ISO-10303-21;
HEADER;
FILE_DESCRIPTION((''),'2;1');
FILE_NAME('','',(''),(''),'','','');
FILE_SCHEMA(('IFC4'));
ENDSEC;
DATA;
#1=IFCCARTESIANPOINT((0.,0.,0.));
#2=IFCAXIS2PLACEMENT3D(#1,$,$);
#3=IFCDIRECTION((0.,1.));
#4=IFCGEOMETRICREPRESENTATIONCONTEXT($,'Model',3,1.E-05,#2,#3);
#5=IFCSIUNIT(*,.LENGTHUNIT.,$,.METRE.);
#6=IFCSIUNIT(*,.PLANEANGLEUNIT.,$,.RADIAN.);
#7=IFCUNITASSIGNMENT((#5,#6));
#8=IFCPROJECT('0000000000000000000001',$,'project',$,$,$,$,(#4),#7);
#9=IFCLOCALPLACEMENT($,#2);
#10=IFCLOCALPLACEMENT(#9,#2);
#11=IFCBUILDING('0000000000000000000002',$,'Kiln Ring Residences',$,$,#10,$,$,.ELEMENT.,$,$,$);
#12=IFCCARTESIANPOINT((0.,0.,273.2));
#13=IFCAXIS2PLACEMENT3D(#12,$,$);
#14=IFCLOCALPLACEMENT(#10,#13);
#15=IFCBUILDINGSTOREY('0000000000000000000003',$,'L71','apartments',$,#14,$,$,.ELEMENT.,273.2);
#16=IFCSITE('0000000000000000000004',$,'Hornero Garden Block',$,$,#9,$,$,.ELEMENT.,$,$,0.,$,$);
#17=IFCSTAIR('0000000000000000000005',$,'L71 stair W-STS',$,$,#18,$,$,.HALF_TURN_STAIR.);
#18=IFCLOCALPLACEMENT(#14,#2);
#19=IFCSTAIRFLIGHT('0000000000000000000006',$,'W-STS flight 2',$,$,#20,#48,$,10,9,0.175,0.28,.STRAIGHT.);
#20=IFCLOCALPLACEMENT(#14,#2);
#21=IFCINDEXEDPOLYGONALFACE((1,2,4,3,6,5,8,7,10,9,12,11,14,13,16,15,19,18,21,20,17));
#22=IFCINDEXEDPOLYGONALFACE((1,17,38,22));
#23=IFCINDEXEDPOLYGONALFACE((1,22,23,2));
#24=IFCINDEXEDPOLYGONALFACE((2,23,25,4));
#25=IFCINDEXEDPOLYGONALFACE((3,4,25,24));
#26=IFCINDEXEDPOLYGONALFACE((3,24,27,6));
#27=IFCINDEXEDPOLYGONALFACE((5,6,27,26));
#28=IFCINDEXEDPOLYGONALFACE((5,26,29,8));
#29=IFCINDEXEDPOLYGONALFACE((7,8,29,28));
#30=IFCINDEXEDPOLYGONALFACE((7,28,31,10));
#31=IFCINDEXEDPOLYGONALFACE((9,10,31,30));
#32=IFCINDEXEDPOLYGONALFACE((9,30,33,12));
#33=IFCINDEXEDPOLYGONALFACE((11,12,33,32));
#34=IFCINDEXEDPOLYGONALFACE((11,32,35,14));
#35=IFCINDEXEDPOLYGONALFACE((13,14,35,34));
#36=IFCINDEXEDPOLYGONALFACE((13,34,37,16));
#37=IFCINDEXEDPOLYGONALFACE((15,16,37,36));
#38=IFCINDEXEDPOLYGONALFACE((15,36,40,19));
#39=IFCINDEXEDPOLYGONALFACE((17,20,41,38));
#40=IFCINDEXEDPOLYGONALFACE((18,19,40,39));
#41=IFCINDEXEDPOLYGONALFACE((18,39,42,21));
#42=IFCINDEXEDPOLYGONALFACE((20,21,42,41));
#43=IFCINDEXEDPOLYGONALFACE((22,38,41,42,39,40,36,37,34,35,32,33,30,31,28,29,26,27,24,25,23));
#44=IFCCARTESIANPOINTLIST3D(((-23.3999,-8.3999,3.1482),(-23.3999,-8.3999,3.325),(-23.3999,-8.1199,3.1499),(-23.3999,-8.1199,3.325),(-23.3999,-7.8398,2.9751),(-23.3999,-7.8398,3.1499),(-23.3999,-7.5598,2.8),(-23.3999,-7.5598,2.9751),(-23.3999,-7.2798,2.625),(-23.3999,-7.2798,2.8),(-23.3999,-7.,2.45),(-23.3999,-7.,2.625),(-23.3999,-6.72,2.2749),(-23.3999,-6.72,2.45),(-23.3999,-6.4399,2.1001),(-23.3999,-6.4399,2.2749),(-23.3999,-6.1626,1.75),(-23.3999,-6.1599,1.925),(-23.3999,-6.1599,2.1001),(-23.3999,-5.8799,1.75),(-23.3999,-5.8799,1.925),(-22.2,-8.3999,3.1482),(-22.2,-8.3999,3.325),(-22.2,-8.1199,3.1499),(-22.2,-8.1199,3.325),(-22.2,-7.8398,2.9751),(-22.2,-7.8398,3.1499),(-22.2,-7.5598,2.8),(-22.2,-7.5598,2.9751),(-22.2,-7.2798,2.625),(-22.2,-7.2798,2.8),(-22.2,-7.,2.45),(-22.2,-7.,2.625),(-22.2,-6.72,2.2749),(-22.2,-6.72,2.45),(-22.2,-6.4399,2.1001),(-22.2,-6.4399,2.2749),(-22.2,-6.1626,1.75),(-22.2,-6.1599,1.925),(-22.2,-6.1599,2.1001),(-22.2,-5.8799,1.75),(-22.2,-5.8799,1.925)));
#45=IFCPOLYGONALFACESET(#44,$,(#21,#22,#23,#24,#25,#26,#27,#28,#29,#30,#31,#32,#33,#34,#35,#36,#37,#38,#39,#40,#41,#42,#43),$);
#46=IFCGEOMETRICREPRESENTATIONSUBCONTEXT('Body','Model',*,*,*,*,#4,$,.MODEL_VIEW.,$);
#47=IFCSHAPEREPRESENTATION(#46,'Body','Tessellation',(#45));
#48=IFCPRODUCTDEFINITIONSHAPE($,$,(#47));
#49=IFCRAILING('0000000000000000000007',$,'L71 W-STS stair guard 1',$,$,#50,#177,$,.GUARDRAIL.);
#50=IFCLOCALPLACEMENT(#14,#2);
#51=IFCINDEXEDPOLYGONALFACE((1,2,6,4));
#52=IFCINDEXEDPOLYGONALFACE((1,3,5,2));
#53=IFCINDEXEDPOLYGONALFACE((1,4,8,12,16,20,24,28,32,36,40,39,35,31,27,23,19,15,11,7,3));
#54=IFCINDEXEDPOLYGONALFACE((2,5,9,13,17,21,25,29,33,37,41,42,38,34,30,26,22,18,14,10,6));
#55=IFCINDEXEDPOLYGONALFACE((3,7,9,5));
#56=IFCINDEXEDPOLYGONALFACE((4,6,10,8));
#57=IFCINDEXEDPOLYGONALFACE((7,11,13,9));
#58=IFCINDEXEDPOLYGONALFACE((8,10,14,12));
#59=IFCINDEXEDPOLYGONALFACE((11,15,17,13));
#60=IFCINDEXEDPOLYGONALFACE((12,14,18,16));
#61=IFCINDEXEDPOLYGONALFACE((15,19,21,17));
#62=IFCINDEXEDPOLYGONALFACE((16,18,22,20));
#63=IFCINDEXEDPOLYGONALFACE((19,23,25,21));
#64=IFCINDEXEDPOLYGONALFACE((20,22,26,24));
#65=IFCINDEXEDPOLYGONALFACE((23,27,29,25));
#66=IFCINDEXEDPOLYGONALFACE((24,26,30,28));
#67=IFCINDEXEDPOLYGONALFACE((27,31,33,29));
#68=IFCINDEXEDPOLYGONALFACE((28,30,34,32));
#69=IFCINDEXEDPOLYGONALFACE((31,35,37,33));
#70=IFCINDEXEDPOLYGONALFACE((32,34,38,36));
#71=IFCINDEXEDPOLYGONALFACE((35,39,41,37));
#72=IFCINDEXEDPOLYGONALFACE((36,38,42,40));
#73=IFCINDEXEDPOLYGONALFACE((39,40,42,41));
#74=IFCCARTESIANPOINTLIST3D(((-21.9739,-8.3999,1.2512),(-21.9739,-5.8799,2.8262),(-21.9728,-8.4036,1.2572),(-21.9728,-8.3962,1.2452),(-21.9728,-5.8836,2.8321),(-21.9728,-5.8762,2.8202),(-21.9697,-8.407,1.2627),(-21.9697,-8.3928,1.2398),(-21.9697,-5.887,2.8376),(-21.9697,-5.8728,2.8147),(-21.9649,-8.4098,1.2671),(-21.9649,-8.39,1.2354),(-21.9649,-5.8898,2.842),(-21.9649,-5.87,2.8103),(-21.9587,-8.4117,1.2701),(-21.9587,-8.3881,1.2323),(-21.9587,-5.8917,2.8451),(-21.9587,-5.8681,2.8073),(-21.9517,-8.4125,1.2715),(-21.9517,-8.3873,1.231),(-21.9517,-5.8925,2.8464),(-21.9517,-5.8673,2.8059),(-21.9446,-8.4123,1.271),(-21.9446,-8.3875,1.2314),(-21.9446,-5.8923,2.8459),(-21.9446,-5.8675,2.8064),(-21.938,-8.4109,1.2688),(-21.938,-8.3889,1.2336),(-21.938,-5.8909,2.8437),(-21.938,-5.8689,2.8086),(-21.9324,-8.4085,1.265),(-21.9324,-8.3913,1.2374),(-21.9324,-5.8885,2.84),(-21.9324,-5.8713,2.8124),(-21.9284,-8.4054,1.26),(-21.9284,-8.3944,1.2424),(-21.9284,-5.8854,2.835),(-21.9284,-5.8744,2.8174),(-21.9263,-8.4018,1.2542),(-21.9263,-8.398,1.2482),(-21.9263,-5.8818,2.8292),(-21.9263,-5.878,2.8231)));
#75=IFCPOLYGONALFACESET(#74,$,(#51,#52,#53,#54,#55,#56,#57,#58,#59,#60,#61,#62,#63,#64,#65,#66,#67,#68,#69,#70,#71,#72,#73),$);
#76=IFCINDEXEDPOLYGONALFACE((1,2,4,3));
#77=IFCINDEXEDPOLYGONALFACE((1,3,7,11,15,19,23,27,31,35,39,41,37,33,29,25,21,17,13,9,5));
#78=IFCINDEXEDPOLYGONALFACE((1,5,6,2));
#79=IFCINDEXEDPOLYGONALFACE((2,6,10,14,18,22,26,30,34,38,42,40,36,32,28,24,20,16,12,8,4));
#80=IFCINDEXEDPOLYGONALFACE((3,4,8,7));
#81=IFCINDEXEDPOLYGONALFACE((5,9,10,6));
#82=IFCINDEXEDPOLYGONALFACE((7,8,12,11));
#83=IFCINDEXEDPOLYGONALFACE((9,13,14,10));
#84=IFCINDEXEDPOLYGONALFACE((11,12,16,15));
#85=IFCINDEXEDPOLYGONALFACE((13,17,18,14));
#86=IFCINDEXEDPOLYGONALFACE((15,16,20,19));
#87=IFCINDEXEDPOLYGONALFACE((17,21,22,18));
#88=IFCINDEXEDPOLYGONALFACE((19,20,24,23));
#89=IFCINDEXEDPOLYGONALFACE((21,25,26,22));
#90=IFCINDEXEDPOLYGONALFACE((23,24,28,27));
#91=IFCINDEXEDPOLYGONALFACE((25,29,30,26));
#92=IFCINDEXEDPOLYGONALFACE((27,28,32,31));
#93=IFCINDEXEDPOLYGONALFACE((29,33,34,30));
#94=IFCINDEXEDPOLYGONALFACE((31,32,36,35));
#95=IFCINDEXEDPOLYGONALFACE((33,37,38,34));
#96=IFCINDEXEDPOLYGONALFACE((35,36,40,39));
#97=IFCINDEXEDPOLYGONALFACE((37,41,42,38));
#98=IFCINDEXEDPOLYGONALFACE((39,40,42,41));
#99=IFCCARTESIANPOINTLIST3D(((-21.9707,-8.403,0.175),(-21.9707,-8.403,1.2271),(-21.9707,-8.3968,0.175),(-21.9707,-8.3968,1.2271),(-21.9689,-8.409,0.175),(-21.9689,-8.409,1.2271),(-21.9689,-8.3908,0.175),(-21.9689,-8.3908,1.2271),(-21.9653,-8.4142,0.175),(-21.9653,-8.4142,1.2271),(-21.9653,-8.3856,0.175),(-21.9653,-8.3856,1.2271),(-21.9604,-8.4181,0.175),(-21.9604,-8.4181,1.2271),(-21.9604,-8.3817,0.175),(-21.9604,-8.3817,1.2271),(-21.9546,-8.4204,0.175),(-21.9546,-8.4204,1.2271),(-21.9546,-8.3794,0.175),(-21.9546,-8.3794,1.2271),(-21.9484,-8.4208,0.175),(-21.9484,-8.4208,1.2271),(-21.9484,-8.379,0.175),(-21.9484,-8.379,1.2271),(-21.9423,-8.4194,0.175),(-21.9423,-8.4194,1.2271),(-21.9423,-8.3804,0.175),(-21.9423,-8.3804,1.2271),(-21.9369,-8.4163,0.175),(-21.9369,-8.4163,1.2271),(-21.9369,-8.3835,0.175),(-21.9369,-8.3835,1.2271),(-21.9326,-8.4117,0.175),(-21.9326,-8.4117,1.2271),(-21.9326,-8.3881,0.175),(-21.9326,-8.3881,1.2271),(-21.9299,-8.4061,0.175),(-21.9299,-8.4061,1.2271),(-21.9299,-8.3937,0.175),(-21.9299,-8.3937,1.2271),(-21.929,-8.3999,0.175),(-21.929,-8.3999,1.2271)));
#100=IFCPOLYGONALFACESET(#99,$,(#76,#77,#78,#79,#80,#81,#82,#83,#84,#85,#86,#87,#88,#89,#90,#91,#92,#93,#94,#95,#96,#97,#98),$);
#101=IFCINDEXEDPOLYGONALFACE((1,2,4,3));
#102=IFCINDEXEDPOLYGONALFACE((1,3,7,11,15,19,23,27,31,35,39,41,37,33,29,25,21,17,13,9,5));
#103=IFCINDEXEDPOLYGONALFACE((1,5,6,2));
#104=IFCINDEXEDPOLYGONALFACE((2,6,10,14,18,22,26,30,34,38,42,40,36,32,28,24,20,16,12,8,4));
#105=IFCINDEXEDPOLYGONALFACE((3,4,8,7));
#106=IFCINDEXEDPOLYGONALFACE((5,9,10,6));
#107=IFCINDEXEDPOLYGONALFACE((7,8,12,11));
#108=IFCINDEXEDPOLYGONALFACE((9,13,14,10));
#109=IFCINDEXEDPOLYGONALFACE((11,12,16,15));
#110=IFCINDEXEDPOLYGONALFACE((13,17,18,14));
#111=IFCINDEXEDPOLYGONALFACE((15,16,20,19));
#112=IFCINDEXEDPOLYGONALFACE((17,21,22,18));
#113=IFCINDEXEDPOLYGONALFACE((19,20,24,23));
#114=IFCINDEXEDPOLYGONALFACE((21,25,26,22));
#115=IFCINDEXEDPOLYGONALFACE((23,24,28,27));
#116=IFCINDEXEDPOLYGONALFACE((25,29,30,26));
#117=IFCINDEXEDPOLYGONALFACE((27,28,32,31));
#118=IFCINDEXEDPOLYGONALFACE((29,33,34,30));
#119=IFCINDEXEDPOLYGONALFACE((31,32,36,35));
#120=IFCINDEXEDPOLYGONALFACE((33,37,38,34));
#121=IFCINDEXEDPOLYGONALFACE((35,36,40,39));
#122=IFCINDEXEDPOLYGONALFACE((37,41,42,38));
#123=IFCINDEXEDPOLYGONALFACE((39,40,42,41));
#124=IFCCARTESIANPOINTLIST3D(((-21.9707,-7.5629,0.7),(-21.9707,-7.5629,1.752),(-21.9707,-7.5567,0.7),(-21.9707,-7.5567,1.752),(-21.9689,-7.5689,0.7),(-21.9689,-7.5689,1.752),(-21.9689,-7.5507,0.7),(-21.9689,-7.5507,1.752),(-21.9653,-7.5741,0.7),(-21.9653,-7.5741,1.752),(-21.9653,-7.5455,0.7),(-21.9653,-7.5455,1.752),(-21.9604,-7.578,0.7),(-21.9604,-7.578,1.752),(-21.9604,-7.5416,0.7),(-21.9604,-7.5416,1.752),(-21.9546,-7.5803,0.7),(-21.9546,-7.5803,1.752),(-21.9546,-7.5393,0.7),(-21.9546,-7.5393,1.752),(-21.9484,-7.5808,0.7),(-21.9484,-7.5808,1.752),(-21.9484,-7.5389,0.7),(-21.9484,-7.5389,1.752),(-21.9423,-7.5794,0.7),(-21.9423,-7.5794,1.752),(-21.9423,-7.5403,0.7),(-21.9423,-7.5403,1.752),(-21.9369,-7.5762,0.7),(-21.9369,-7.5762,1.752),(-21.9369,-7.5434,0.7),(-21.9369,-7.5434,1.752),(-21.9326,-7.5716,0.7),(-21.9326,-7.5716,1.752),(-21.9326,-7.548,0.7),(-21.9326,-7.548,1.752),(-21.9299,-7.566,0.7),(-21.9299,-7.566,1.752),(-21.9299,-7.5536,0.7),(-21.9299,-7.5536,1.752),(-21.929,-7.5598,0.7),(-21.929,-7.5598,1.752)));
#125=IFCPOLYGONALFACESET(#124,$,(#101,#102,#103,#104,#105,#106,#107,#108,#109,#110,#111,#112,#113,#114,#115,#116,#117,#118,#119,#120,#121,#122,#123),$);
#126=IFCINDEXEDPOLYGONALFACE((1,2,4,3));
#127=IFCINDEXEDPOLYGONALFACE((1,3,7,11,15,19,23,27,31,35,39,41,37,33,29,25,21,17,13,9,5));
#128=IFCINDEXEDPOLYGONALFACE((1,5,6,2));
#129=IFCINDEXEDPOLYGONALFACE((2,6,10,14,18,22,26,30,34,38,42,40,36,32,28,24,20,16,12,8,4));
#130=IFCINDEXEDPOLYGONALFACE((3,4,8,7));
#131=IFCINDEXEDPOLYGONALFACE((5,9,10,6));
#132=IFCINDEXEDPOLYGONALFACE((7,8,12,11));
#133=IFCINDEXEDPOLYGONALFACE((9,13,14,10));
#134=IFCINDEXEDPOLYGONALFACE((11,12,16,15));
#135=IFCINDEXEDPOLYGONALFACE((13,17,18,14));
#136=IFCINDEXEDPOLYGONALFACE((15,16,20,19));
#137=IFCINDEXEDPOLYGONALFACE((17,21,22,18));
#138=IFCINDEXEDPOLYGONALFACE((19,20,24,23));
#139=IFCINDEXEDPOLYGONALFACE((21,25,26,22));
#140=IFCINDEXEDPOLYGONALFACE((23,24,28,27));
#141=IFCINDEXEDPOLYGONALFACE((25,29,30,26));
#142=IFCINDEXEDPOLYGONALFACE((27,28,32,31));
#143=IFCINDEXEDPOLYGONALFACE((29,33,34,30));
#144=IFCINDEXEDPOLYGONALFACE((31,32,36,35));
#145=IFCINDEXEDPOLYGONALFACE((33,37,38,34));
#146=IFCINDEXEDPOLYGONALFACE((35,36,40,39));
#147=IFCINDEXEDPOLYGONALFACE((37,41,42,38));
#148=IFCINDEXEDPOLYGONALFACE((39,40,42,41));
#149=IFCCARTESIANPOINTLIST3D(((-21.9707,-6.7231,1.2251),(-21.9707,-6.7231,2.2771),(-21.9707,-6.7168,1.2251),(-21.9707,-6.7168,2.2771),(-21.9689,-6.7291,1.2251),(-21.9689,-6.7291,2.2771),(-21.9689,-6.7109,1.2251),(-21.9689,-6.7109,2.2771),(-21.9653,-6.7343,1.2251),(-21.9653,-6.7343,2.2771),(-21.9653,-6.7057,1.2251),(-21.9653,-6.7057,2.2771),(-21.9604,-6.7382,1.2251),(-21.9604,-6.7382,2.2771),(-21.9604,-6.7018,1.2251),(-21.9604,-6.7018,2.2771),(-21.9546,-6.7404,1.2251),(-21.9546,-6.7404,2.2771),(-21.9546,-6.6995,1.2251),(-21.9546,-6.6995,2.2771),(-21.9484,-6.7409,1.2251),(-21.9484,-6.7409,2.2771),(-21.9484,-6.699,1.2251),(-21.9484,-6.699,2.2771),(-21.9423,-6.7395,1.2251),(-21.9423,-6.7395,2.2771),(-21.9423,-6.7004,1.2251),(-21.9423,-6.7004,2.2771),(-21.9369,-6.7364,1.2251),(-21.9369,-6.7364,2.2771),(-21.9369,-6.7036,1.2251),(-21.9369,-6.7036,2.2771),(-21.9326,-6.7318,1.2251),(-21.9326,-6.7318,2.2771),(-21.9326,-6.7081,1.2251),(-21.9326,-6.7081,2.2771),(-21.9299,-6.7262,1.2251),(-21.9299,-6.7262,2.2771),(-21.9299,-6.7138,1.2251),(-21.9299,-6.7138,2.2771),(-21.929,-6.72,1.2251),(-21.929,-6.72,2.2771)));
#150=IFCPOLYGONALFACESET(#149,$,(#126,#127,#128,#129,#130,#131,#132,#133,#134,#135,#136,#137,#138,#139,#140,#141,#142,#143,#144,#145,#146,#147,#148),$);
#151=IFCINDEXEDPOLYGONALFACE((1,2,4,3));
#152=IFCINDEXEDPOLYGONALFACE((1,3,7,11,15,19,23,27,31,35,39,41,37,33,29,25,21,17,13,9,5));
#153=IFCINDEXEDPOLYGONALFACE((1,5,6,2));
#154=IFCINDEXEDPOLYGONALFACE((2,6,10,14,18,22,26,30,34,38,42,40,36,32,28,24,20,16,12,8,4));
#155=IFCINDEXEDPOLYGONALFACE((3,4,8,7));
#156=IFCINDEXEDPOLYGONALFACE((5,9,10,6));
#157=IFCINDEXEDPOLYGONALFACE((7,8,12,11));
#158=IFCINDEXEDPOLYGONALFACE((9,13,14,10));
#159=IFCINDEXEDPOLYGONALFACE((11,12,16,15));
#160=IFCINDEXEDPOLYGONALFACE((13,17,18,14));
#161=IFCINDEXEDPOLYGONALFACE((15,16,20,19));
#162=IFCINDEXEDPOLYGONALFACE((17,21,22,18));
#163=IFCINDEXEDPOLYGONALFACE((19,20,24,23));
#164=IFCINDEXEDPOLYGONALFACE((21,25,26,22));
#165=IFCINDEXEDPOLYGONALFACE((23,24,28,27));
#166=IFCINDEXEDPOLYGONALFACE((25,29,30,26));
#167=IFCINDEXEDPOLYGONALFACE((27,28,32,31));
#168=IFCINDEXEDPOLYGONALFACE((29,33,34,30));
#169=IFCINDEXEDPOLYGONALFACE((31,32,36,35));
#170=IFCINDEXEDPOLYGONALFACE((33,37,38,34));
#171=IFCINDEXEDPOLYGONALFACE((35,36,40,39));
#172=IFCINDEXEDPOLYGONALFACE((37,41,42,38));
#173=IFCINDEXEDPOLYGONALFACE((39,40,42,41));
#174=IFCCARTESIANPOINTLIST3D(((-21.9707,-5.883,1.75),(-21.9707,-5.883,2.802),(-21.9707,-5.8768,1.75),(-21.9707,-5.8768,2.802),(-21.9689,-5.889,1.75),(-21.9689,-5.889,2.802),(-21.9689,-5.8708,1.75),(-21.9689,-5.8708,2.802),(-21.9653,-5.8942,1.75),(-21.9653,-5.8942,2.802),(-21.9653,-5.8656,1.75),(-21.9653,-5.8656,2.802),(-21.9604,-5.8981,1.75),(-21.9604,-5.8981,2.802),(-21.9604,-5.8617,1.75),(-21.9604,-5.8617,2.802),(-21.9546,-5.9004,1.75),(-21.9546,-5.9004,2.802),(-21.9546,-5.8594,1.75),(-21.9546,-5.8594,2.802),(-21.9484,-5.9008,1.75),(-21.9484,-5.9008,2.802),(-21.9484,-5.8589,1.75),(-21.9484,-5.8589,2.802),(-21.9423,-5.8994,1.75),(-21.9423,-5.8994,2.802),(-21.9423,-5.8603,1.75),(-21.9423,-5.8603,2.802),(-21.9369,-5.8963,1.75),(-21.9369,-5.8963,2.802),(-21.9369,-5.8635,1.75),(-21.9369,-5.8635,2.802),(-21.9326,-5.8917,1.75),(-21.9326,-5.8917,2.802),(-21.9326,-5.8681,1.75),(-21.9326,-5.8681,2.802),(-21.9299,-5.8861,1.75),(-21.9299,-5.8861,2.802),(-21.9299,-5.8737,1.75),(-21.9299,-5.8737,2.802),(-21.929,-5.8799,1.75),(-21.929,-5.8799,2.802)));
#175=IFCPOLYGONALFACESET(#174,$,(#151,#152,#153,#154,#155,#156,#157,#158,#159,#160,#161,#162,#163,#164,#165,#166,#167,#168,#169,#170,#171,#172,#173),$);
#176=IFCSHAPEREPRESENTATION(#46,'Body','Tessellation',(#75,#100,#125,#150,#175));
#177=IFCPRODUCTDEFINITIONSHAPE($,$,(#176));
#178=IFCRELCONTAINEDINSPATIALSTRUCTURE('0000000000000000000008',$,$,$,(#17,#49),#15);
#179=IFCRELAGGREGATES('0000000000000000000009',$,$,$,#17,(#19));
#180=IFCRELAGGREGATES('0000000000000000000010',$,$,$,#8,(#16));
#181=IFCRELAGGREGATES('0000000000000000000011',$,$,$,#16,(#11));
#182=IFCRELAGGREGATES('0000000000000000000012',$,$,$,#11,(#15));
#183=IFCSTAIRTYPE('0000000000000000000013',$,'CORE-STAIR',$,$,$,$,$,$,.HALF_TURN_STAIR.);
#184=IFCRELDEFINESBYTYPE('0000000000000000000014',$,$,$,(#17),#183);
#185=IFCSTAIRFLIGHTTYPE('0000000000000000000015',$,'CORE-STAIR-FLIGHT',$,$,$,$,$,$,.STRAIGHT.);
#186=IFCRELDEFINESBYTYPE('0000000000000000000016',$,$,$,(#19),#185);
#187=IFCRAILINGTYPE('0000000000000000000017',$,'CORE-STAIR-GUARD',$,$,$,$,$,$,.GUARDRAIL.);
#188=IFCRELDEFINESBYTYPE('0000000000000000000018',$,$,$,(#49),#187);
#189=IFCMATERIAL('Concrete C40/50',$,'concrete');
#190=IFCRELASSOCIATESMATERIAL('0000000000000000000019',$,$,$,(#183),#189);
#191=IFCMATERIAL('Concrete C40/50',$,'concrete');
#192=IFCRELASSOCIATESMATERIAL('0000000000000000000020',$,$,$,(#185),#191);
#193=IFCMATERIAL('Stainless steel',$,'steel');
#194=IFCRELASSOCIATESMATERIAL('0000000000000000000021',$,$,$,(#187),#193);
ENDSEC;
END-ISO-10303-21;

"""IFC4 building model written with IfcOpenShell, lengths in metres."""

from ifc_helpers import new_model, si_unit, direction, frame, origin, origin_2d, place, context, subcontext, project, spatial, polyline, circle, outline, extrude, material, type_object, element, aggregate, save


model = new_model("IFC4")

# Units and contexts
model_context = context("Model", 3, precision=1e-05, world=origin(), true_north=direction((0.0, 1.0)))
body_context = subcontext(model_context, "Body", "Model", "MODEL_VIEW")
ifc_project = project(units=[si_unit("LENGTHUNIT", "METRE"), si_unit("PLANEANGLEUNIT", "RADIAN")], contexts=[model_context])

# Site, building, storey
site_placement = place(None, origin())
site = spatial("IfcSite", under=ifc_project, at=site_placement, Name="Hornero Garden Block", CompositionType="ELEMENT", RefElevation=0.0)
building_placement = place(site_placement, origin())
building = spatial("IfcBuilding", under=site, at=building_placement, Name="Kiln Ring Residences", CompositionType="ELEMENT")
storey_placement = place(building_placement, frame((0.0, 0.0, 273.2)))
storey = spatial("IfcBuildingStorey", under=building, at=storey_placement, Name="L71", Description="apartments", CompositionType="ELEMENT", Elevation=273.2)

# Stair, stair flight
ifc_material_1 = material(Name="Concrete C40/50", Category="concrete")
stair_type = type_object("IfcStairType", Name="CORE-STAIR", PredefinedType="HALF_TURN_STAIR", material=ifc_material_1)
stair_placement = place(storey_placement, origin())
stair = element("IfcStair", 1, at=stair_placement, inside=storey, type_object=stair_type, Name="L71 stair W-STS", PredefinedType="HALF_TURN_STAIR")
ifc_material_2 = material(Name="Concrete C40/50", Category="concrete")
stair_flight_type = type_object("IfcStairFlightType", Name="CORE-STAIR-FLIGHT", PredefinedType="STRAIGHT", material=ifc_material_2)
stair_flight_1_placement = place(storey_placement, frame((-22.8, -5.8799, 1.75), z_axis=(0.0, 0.0, 1.0), x_axis=(0.0, -1.0, 0.0)))
stair_flight_1 = element("IfcStairFlight", 2, at=stair_flight_1_placement, type_object=stair_flight_type, Name="W-STS flight 2", NumberOfRisers=10, NumberOfTreads=9, PredefinedType="STRAIGHT", RiserHeight=0.175, TreadLength=0.28, context=body_context, shape_type="SweptSolid", body=[
    extrude(outline(polyline([(0.0, 0.0), (0.0, 0.175), (0.28, 0.175), (0.28, 0.3501), (0.5601, 0.3501), (0.5601, 0.5249), (0.8401, 0.5249), (0.8401, 0.7), (1.1201, 0.7), (1.1201, 0.875), (1.3999, 0.875), (1.3999, 1.05), (1.6799, 1.05), (1.6799, 1.2251), (1.96, 1.2251), (1.96, 1.3999), (2.24, 1.3999), (2.24, 1.575), (2.52, 1.575), (2.52, 1.75), (2.52, 1.3982), (0.2827, 0.0), (0.0, 0.0)])), frame((0.0, 0.6001, 0.0), z_axis=(0.0, -1.0, 0.0), x_axis=(1.0, 0.0, 0.0)), (0.0, 0.0, 1.0), 1.2),
])
aggregate(stair, [stair_flight_1])

# Railing
ifc_material_3 = material(Name="Stainless steel", Category="steel")
railing_type_1 = type_object("IfcRailingType", Name="CORE-STAIR-GUARD", PredefinedType="GUARDRAIL", material=ifc_material_3)
railing_1_placement = place(storey_placement, frame((-21.95, -8.3999, 0.175)))
element("IfcRailing", 3, at=railing_1_placement, inside=storey, type_object=railing_type_1, Name="L71 W-STS stair guard 1", PredefinedType="GUARDRAIL", context=body_context, shape_type="SweptSolid", body=[
    extrude(circle(Radius=0.0239, at=origin_2d()), frame((0.0, 0.0, 1.0762), z_axis=(0.0, 0.848008, 0.529984), x_axis=(-1.0, 0.0, 0.0)), (0.0, 0.0, 1.0), 2.9717),
    extrude(circle(Radius=0.021, at=origin_2d()), origin(), (0.0, 0.0, 1.0), 1.052),
    extrude(circle(Radius=0.021, at=origin_2d()), frame((0.0, 0.8401, 0.5249)), (0.0, 0.0, 1.0), 1.052),
    extrude(circle(Radius=0.021, at=origin_2d()), frame((0.0, 1.6799, 1.05)), (0.0, 0.0, 1.0), 1.052),
    extrude(circle(Radius=0.021, at=origin_2d()), frame((0.0, 2.52, 1.575)), (0.0, 0.0, 1.0), 1.052),
])

save(model, "model.ifc")
